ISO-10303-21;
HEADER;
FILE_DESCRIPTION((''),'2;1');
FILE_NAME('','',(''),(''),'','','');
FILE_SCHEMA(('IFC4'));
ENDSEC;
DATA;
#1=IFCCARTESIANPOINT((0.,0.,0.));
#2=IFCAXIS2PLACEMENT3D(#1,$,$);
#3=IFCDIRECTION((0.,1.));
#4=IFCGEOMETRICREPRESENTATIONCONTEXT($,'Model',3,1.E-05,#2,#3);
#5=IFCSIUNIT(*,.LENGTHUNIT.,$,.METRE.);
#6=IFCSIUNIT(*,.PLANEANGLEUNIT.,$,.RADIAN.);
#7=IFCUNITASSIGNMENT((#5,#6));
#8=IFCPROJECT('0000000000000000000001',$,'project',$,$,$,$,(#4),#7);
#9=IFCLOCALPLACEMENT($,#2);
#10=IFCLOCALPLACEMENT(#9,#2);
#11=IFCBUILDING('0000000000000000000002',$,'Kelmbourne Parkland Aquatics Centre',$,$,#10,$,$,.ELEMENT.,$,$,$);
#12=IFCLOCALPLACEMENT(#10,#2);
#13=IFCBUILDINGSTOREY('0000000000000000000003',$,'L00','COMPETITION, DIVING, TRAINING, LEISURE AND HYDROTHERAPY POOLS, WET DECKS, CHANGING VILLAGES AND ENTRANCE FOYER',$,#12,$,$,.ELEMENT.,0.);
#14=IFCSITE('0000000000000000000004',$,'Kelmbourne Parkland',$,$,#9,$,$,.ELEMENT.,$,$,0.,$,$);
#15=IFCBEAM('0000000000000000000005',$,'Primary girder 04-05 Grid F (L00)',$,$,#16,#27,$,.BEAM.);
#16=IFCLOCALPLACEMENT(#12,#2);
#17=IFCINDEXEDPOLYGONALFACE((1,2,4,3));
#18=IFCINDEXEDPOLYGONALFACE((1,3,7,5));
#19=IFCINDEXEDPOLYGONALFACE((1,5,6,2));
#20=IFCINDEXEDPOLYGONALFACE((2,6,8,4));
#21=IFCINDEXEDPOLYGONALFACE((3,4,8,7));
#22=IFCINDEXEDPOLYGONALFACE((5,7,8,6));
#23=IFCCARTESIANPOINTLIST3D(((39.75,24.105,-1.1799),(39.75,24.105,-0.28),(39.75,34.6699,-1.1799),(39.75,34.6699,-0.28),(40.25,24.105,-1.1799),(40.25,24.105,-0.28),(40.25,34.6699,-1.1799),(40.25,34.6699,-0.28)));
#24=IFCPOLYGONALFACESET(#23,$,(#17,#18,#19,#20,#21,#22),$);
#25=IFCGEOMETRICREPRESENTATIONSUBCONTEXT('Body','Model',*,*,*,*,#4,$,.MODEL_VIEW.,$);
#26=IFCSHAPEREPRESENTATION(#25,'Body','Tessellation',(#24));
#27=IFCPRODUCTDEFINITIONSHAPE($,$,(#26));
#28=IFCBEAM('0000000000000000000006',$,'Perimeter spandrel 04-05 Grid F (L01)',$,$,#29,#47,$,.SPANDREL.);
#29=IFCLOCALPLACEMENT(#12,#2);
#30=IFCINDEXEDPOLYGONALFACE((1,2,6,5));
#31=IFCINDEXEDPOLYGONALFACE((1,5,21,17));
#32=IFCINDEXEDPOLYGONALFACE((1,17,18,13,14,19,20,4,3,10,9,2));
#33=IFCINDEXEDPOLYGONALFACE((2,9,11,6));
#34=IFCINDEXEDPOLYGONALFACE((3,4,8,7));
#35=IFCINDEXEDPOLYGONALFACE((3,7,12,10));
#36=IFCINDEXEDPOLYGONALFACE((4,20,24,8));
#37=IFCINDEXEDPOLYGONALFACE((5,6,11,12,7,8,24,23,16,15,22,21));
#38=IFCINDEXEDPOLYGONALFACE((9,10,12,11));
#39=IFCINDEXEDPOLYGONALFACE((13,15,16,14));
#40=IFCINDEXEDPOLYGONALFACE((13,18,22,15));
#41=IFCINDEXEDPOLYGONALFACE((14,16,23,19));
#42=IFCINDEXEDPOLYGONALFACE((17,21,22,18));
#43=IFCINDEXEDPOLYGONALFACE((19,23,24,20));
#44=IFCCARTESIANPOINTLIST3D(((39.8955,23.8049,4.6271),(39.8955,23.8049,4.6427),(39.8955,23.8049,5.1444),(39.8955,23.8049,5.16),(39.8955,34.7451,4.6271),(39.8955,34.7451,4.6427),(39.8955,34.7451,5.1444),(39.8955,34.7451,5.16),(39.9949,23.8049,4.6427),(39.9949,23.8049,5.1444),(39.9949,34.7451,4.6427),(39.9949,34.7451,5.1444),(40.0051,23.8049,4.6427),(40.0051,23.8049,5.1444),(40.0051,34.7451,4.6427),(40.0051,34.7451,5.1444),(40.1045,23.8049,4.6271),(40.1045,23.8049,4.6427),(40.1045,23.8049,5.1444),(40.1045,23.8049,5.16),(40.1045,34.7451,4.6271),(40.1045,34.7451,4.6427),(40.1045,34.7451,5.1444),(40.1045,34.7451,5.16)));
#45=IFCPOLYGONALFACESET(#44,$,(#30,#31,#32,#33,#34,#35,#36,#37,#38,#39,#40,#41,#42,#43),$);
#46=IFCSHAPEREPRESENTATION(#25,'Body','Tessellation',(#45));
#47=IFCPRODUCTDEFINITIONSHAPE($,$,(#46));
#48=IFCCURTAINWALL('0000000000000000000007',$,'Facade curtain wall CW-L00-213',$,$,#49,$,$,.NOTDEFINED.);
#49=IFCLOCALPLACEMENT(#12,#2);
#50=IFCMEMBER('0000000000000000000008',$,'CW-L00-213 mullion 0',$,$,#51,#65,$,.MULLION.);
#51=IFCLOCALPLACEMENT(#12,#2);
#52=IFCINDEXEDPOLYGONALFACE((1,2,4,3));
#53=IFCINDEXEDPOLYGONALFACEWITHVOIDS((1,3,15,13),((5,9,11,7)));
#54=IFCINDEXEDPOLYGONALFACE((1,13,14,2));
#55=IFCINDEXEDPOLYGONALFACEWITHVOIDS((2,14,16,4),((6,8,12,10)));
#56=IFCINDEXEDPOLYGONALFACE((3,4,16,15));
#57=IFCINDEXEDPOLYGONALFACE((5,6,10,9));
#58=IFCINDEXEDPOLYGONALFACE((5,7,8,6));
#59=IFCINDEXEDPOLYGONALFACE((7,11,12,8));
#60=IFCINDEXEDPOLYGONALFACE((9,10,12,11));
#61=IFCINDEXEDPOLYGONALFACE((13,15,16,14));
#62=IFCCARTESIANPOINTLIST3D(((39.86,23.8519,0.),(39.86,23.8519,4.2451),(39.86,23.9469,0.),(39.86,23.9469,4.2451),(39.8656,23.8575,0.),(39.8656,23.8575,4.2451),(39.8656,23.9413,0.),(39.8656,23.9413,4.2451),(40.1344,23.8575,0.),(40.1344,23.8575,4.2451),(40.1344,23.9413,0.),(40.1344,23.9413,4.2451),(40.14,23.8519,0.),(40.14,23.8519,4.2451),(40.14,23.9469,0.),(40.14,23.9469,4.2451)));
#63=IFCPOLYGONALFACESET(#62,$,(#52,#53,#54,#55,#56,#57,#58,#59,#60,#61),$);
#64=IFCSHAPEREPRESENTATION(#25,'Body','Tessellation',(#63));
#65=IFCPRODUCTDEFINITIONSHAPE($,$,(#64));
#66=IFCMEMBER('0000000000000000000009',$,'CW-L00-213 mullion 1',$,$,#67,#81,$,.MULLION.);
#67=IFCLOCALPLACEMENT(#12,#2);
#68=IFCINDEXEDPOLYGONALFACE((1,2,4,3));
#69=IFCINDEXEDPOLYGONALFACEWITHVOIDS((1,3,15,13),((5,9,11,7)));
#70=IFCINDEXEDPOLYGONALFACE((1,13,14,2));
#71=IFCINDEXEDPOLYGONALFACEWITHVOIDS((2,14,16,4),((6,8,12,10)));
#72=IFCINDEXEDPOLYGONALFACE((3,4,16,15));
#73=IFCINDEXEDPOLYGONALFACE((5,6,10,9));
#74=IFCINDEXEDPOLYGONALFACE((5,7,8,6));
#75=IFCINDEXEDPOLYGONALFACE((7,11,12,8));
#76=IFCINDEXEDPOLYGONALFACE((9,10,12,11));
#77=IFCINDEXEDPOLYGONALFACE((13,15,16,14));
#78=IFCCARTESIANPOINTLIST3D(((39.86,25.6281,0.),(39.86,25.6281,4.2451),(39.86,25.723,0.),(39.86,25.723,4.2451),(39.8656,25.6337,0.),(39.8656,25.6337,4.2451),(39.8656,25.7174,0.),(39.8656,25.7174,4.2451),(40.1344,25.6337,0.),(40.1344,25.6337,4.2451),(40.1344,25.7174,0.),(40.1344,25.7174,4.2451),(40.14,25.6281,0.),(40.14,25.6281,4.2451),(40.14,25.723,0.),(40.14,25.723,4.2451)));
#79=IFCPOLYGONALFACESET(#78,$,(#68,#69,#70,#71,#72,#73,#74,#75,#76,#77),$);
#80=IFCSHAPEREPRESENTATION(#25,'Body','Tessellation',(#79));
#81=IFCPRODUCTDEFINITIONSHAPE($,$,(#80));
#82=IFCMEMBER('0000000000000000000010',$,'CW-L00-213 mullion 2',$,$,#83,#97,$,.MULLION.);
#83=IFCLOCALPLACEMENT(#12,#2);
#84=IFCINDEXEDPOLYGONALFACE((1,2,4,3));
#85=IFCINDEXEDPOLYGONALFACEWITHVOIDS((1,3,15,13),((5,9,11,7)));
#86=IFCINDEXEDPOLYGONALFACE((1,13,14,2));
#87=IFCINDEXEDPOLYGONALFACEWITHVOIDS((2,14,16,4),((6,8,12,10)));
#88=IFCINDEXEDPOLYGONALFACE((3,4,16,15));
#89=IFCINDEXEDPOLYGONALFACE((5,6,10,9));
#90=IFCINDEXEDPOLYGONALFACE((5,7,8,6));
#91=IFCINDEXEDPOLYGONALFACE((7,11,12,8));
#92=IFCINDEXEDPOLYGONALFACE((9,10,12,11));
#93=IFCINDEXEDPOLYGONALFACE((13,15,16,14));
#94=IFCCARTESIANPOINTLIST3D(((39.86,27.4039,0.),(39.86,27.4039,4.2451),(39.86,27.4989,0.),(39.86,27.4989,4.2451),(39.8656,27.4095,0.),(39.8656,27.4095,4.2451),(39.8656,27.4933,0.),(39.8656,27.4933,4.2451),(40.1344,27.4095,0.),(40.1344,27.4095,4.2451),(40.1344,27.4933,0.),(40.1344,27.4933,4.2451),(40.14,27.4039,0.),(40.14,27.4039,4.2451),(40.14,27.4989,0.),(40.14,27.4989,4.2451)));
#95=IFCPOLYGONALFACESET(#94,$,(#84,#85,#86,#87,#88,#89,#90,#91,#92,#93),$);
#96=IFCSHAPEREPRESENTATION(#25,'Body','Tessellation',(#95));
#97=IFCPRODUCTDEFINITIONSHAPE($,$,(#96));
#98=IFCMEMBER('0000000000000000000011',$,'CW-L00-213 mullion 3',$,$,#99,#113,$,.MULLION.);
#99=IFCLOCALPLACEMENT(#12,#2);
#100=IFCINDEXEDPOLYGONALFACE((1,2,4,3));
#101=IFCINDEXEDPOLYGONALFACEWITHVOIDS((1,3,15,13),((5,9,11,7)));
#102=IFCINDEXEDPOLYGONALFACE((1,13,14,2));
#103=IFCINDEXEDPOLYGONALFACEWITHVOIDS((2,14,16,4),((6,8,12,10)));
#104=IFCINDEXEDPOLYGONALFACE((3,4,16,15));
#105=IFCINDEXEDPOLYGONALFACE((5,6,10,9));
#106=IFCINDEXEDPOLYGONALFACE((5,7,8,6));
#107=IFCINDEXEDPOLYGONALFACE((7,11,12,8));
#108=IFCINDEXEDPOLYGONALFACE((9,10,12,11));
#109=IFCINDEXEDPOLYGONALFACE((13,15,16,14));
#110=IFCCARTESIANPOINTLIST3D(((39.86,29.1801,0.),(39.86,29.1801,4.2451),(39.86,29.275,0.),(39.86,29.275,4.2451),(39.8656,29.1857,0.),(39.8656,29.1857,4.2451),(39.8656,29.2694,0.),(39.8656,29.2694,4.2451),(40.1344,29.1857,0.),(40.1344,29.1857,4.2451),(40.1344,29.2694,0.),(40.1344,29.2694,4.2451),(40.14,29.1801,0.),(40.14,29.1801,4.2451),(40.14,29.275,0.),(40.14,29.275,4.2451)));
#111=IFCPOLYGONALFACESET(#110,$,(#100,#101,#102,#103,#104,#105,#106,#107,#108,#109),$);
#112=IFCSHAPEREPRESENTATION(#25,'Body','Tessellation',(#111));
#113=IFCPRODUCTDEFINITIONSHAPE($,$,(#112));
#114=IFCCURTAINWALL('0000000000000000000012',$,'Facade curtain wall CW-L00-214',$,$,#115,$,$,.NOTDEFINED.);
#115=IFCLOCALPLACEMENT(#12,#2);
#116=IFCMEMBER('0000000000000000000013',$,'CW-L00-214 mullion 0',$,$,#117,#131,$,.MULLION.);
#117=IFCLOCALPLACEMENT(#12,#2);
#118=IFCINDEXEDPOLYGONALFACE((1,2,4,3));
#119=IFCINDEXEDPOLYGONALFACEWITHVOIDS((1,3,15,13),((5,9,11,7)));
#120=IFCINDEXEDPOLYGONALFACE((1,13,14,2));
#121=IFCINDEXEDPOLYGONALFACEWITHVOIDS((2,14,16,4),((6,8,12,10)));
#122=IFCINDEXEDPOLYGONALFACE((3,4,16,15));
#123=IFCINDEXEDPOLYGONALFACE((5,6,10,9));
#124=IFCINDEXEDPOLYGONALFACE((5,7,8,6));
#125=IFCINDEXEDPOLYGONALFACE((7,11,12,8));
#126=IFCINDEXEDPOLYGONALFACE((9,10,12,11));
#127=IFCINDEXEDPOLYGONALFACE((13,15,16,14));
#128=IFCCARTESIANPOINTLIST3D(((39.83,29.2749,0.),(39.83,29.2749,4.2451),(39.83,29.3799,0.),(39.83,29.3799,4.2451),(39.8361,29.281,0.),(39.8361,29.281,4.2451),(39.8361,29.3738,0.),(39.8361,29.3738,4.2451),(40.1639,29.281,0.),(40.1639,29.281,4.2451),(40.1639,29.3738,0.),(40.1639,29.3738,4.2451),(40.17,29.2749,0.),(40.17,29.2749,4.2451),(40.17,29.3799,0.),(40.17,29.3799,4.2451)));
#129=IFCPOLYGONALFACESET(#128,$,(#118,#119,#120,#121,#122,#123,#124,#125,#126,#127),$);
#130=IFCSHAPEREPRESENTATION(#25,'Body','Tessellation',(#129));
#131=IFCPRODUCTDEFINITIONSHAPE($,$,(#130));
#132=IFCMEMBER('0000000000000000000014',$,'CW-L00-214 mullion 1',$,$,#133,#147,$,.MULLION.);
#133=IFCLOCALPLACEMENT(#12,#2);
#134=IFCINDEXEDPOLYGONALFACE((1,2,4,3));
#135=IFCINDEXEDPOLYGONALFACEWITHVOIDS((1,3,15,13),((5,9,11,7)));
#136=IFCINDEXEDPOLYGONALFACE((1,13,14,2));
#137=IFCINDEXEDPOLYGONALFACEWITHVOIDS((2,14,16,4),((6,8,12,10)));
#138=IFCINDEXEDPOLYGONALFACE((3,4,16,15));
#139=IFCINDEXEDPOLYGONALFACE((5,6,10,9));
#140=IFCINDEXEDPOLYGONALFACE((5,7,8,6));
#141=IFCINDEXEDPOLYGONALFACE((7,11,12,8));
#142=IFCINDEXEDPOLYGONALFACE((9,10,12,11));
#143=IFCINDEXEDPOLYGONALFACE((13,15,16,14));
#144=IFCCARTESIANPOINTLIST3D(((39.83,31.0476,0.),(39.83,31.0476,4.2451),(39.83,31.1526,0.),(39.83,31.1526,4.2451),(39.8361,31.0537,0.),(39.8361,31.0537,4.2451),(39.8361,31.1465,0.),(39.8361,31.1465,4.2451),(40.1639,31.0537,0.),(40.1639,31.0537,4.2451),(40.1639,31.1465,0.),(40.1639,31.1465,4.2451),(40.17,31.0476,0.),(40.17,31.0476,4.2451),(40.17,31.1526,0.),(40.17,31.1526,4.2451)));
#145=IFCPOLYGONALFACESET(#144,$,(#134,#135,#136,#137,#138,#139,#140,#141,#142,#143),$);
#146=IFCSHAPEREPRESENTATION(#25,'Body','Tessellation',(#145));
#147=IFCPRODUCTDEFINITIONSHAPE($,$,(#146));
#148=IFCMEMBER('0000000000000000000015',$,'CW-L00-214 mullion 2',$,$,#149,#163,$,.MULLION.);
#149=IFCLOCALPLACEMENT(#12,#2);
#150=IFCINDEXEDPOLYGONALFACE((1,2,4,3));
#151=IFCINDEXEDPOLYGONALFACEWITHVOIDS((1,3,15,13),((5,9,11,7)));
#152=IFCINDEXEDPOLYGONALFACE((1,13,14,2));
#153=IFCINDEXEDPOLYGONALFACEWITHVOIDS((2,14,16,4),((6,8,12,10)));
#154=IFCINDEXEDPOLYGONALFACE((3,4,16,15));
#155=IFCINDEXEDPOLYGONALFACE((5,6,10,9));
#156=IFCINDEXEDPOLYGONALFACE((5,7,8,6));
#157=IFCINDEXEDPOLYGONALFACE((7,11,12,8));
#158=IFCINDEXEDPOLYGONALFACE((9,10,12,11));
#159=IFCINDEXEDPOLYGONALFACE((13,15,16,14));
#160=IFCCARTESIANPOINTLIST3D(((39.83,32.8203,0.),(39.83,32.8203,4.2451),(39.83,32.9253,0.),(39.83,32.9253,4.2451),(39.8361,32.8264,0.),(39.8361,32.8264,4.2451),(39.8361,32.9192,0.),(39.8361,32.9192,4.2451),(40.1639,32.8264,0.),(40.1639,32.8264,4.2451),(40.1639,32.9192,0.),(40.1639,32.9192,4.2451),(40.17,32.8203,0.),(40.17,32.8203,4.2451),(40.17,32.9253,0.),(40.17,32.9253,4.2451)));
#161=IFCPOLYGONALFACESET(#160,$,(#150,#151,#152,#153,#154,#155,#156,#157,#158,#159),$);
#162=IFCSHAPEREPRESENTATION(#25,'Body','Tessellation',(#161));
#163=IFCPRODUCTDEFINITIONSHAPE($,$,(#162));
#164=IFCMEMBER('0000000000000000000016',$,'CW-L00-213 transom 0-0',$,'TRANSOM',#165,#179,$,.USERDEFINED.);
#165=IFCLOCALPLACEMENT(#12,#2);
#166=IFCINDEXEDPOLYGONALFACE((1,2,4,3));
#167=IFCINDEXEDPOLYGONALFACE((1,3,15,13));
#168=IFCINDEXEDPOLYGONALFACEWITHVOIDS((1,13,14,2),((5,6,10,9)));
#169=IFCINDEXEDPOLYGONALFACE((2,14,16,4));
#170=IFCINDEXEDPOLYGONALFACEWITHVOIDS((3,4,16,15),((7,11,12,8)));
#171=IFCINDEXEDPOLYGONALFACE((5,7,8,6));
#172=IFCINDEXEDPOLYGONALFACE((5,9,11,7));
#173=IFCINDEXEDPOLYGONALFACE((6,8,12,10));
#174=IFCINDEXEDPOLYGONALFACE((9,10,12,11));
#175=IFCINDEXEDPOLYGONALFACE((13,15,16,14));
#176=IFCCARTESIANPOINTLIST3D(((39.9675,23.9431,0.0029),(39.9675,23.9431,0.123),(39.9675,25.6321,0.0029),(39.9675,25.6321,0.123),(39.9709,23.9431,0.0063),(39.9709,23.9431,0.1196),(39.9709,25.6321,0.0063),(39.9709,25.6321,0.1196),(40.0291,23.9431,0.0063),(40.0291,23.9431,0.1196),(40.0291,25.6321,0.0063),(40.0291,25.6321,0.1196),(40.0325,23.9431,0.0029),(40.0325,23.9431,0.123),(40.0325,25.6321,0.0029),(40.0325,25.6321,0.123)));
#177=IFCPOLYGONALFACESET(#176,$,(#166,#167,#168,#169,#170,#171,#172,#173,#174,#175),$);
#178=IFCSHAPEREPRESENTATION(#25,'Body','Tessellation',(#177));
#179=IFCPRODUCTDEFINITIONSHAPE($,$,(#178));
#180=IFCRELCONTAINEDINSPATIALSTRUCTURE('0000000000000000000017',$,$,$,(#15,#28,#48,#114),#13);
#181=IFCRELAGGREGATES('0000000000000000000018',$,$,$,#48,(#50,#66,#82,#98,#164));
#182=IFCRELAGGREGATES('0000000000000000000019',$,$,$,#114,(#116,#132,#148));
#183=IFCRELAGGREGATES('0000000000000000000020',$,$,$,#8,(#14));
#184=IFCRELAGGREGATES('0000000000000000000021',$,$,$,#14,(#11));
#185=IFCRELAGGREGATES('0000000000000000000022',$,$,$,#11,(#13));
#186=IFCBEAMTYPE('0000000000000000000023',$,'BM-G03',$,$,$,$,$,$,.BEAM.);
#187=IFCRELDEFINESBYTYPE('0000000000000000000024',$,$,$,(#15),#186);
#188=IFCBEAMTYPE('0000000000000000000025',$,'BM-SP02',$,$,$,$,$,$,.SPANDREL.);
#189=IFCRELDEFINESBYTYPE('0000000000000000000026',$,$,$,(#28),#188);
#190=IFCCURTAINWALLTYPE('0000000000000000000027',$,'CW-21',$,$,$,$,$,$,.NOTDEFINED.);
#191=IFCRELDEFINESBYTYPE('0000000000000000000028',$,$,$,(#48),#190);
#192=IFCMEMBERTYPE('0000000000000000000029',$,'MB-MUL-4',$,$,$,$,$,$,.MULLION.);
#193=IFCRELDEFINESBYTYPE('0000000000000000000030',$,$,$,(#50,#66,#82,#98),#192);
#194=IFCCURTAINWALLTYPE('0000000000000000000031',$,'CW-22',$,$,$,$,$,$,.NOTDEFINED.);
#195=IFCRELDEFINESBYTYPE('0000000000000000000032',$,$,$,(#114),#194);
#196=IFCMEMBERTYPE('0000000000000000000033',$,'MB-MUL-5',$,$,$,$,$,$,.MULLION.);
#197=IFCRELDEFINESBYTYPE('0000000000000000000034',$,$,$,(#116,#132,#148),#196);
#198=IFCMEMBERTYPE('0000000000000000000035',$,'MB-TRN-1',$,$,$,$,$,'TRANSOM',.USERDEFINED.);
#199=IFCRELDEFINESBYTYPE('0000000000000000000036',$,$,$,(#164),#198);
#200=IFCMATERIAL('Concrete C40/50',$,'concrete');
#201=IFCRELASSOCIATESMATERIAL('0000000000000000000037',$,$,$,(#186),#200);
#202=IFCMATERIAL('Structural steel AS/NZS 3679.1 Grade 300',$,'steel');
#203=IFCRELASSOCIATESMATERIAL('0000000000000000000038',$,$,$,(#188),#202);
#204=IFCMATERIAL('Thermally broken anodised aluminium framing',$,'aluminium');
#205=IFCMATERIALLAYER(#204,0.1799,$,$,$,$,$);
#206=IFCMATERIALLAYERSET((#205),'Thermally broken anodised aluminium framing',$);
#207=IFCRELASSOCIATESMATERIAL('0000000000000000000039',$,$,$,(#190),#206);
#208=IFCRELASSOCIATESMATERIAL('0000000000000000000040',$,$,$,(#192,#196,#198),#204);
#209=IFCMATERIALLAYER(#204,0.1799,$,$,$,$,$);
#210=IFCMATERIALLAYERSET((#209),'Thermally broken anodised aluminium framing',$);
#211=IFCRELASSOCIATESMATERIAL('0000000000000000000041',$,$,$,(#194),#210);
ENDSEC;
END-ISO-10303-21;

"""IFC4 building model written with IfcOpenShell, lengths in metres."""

from ifc_helpers import new_model, si_unit, direction, frame, origin, origin_2d, place, context, subcontext, project, spatial, rectangle, hollow_rectangle, i_section, extrude, material, layer, layer_set, material_profile, profile_set, type_object, element, aggregate, save


model = new_model("IFC4")

# Units and contexts
model_context = context("Model", 3, precision=1e-05, world=origin(), true_north=direction((0.0, 1.0)))
body_context = subcontext(model_context, "Body", "Model", "MODEL_VIEW")
ifc_project = project(units=[si_unit("LENGTHUNIT", "METRE"), si_unit("PLANEANGLEUNIT", "RADIAN")], contexts=[model_context])

# Site, building, storey
site_placement = place(None, origin())
site = spatial("IfcSite", under=ifc_project, at=site_placement, Name="Kelmbourne Parkland", CompositionType="ELEMENT", RefElevation=0.0)
building_placement = place(site_placement, origin())
building = spatial("IfcBuilding", under=site, at=building_placement, Name="Kelmbourne Parkland Aquatics Centre", CompositionType="ELEMENT")
storey_placement = place(building_placement, origin())
storey = spatial("IfcBuildingStorey", under=building, at=storey_placement, Name="L00", Description="COMPETITION, DIVING, TRAINING, LEISURE AND HYDROTHERAPY POOLS, WET DECKS, CHANGING VILLAGES AND ENTRANCE FOYER", CompositionType="ELEMENT", Elevation=0.0)

# Beams
ifc_material_1 = material(Name="Concrete C40/50", Category="concrete")
ifc_material_profile_1 = material_profile(ifc_material_1, rectangle(XDim=0.5, YDim=0.8999, at=origin_2d()), Name="RC 500x900")
ifc_profile_set_1 = profile_set([ifc_material_profile_1], Name="Concrete C40/50")
beam_type_1 = type_object("IfcBeamType", Name="BM-G03", PredefinedType="BEAM", material=ifc_profile_set_1)
beam_1_placement = place(storey_placement, frame((40.0, 24.105, -0.73), z_axis=(0.0, 1.0, 0.0), x_axis=(-1.0, 0.0, 0.0)))
element("IfcBeam", 1, at=beam_1_placement, inside=storey, type_object=beam_type_1, Name="Primary girder 04-05 Grid F (L00)", PredefinedType="BEAM", context=body_context, shape_type="SweptSolid", body=[
    extrude(rectangle(XDim=0.5, YDim=0.8999, at=origin_2d()), origin(), (0.0, 0.0, 1.0), 10.5649),
])
ifc_material_2 = material(Name="Structural steel AS/NZS 3679.1 Grade 300", Category="steel")
ifc_material_profile_2 = material_profile(ifc_material_2, i_section(OverallWidth=0.209, OverallDepth=0.533, WebThickness=0.0103, FlangeThickness=0.0156, at=origin_2d()), Name="530UB92.4")
ifc_profile_set_2 = profile_set([ifc_material_profile_2], Name="Structural steel AS/NZS 3679.1 Grade 300")
beam_type_2 = type_object("IfcBeamType", Name="BM-SP02", PredefinedType="SPANDREL", material=ifc_profile_set_2)
beam_2_placement = place(storey_placement, frame((40.0, 23.8049, 4.8936), z_axis=(0.0, 1.0, 0.0), x_axis=(-1.0, 0.0, 0.0)))
element("IfcBeam", 2, at=beam_2_placement, inside=storey, type_object=beam_type_2, Name="Perimeter spandrel 04-05 Grid F (L01)", PredefinedType="SPANDREL", context=body_context, shape_type="SweptSolid", body=[
    extrude(i_section(OverallWidth=0.209, OverallDepth=0.533, WebThickness=0.0103, FlangeThickness=0.0156, at=origin_2d()), origin(), (0.0, 0.0, 1.0), 10.9402),
])

# Curtain walls, members
ifc_material_3 = material(Name="Thermally broken anodised aluminium framing", Category="aluminium")
ifc_layer_1 = layer(ifc_material_3, 0.1799)
ifc_layer_set_1 = layer_set([ifc_layer_1], Name="Thermally broken anodised aluminium framing")
curtain_wall_type_1 = type_object("IfcCurtainWallType", Name="CW-21", PredefinedType="NOTDEFINED", material=ifc_layer_set_1)
curtain_wall_1_placement = place(storey_placement, origin())
curtain_wall_1 = element("IfcCurtainWall", 3, at=curtain_wall_1_placement, inside=storey, type_object=curtain_wall_type_1, Name="Facade curtain wall CW-L00-213", PredefinedType="NOTDEFINED")
ifc_material_profile_3 = material_profile(ifc_material_3, hollow_rectangle(XDim=0.095, YDim=0.28, WallThickness=0.0056, at=origin_2d()), Name="CW-M 95x280")
ifc_profile_set_3 = profile_set([ifc_material_profile_3], Name="Thermally broken anodised aluminium framing")
member_type_1 = type_object("IfcMemberType", Name="MB-MUL-4", PredefinedType="MULLION", material=ifc_profile_set_3)
member_1_placement = place(storey_placement, frame((40.0, 23.8994, 0.0), z_axis=(0.0, 0.0, 1.0), x_axis=(0.0, 1.0, 0.0)))
member_1 = element("IfcMember", 4, at=member_1_placement, type_object=member_type_1, Name="CW-L00-213 mullion 0", PredefinedType="MULLION", context=body_context, shape_type="SweptSolid", body=[
    extrude(hollow_rectangle(XDim=0.095, YDim=0.28, WallThickness=0.0056, at=origin_2d()), origin(), (0.0, 0.0, 1.0), 4.2451),
])
member_2_placement = place(storey_placement, frame((40.0, 25.6755, 0.0), z_axis=(0.0, 0.0, 1.0), x_axis=(0.0, 1.0, 0.0)))
member_2 = element("IfcMember", 5, at=member_2_placement, type_object=member_type_1, Name="CW-L00-213 mullion 1", PredefinedType="MULLION", context=body_context, shape_type="SweptSolid", body=[
    extrude(hollow_rectangle(XDim=0.095, YDim=0.28, WallThickness=0.0056, at=origin_2d()), origin(), (0.0, 0.0, 1.0), 4.2451),
])
member_3_placement = place(storey_placement, frame((40.0, 27.4514, 0.0), z_axis=(0.0, 0.0, 1.0), x_axis=(0.0, 1.0, 0.0)))
member_3 = element("IfcMember", 6, at=member_3_placement, type_object=member_type_1, Name="CW-L00-213 mullion 2", PredefinedType="MULLION", context=body_context, shape_type="SweptSolid", body=[
    extrude(hollow_rectangle(XDim=0.095, YDim=0.28, WallThickness=0.0056, at=origin_2d()), origin(), (0.0, 0.0, 1.0), 4.2451),
])
member_4_placement = place(storey_placement, frame((40.0, 29.2275, 0.0), z_axis=(0.0, 0.0, 1.0), x_axis=(0.0, 1.0, 0.0)))
member_4 = element("IfcMember", 7, at=member_4_placement, type_object=member_type_1, Name="CW-L00-213 mullion 3", PredefinedType="MULLION", context=body_context, shape_type="SweptSolid", body=[
    extrude(hollow_rectangle(XDim=0.095, YDim=0.28, WallThickness=0.0056, at=origin_2d()), origin(), (0.0, 0.0, 1.0), 4.2451),
])
ifc_layer_2 = layer(ifc_material_3, 0.1799)
ifc_layer_set_2 = layer_set([ifc_layer_2], Name="Thermally broken anodised aluminium framing")
curtain_wall_type_2 = type_object("IfcCurtainWallType", Name="CW-22", PredefinedType="NOTDEFINED", material=ifc_layer_set_2)
curtain_wall_2_placement = place(storey_placement, origin())
curtain_wall_2 = element("IfcCurtainWall", 8, at=curtain_wall_2_placement, inside=storey, type_object=curtain_wall_type_2, Name="Facade curtain wall CW-L00-214", PredefinedType="NOTDEFINED")
ifc_material_profile_4 = material_profile(ifc_material_3, hollow_rectangle(XDim=0.105, YDim=0.3401, WallThickness=0.0061, at=origin_2d()), Name="CW-M 105x340")
ifc_profile_set_4 = profile_set([ifc_material_profile_4], Name="Thermally broken anodised aluminium framing")
member_type_2 = type_object("IfcMemberType", Name="MB-MUL-5", PredefinedType="MULLION", material=ifc_profile_set_4)
member_5_placement = place(storey_placement, frame((40.0, 29.3274, 0.0), z_axis=(0.0, 0.0, 1.0), x_axis=(0.0, 1.0, 0.0)))
member_5 = element("IfcMember", 9, at=member_5_placement, type_object=member_type_2, Name="CW-L00-214 mullion 0", PredefinedType="MULLION", context=body_context, shape_type="SweptSolid", body=[
    extrude(hollow_rectangle(XDim=0.105, YDim=0.3401, WallThickness=0.0061, at=origin_2d()), origin(), (0.0, 0.0, 1.0), 4.2451),
])
member_6_placement = place(storey_placement, frame((40.0, 31.1001, 0.0), z_axis=(0.0, 0.0, 1.0), x_axis=(0.0, 1.0, 0.0)))
member_6 = element("IfcMember", 10, at=member_6_placement, type_object=member_type_2, Name="CW-L00-214 mullion 1", PredefinedType="MULLION", context=body_context, shape_type="SweptSolid", body=[
    extrude(hollow_rectangle(XDim=0.105, YDim=0.3401, WallThickness=0.0061, at=origin_2d()), origin(), (0.0, 0.0, 1.0), 4.2451),
])
member_7_placement = place(storey_placement, frame((40.0, 32.8728, 0.0), z_axis=(0.0, 0.0, 1.0), x_axis=(0.0, 1.0, 0.0)))
member_7 = element("IfcMember", 11, at=member_7_placement, type_object=member_type_2, Name="CW-L00-214 mullion 2", PredefinedType="MULLION", context=body_context, shape_type="SweptSolid", body=[
    extrude(hollow_rectangle(XDim=0.105, YDim=0.3401, WallThickness=0.0061, at=origin_2d()), origin(), (0.0, 0.0, 1.0), 4.2451),
])

# Member
ifc_material_profile_5 = material_profile(ifc_material_3, hollow_rectangle(XDim=0.0649, YDim=0.1201, WallThickness=0.0034, at=origin_2d()), Name="CW-T 65x120")
ifc_profile_set_5 = profile_set([ifc_material_profile_5], Name="Thermally broken anodised aluminium framing")
member_type_3 = type_object("IfcMemberType", Name="MB-TRN-1", ElementType="TRANSOM", PredefinedType="USERDEFINED", material=ifc_profile_set_5)
member_8_placement = place(storey_placement, frame((40.0, 23.9431, 0.063), z_axis=(0.0, 1.0, 0.0), x_axis=(-1.0, 0.0, 0.0)))
member_8 = element("IfcMember", 12, at=member_8_placement, type_object=member_type_3, Name="CW-L00-213 transom 0-0", ObjectType="TRANSOM", PredefinedType="USERDEFINED", context=body_context, shape_type="SweptSolid", body=[
    extrude(hollow_rectangle(XDim=0.0649, YDim=0.1201, WallThickness=0.0034, at=origin_2d()), origin(), (0.0, 0.0, 1.0), 1.689),
])

aggregate(curtain_wall_1, [member_1, member_2, member_3, member_4, member_8])
aggregate(curtain_wall_2, [member_5, member_6, member_7])

save(model, "model.ifc")
